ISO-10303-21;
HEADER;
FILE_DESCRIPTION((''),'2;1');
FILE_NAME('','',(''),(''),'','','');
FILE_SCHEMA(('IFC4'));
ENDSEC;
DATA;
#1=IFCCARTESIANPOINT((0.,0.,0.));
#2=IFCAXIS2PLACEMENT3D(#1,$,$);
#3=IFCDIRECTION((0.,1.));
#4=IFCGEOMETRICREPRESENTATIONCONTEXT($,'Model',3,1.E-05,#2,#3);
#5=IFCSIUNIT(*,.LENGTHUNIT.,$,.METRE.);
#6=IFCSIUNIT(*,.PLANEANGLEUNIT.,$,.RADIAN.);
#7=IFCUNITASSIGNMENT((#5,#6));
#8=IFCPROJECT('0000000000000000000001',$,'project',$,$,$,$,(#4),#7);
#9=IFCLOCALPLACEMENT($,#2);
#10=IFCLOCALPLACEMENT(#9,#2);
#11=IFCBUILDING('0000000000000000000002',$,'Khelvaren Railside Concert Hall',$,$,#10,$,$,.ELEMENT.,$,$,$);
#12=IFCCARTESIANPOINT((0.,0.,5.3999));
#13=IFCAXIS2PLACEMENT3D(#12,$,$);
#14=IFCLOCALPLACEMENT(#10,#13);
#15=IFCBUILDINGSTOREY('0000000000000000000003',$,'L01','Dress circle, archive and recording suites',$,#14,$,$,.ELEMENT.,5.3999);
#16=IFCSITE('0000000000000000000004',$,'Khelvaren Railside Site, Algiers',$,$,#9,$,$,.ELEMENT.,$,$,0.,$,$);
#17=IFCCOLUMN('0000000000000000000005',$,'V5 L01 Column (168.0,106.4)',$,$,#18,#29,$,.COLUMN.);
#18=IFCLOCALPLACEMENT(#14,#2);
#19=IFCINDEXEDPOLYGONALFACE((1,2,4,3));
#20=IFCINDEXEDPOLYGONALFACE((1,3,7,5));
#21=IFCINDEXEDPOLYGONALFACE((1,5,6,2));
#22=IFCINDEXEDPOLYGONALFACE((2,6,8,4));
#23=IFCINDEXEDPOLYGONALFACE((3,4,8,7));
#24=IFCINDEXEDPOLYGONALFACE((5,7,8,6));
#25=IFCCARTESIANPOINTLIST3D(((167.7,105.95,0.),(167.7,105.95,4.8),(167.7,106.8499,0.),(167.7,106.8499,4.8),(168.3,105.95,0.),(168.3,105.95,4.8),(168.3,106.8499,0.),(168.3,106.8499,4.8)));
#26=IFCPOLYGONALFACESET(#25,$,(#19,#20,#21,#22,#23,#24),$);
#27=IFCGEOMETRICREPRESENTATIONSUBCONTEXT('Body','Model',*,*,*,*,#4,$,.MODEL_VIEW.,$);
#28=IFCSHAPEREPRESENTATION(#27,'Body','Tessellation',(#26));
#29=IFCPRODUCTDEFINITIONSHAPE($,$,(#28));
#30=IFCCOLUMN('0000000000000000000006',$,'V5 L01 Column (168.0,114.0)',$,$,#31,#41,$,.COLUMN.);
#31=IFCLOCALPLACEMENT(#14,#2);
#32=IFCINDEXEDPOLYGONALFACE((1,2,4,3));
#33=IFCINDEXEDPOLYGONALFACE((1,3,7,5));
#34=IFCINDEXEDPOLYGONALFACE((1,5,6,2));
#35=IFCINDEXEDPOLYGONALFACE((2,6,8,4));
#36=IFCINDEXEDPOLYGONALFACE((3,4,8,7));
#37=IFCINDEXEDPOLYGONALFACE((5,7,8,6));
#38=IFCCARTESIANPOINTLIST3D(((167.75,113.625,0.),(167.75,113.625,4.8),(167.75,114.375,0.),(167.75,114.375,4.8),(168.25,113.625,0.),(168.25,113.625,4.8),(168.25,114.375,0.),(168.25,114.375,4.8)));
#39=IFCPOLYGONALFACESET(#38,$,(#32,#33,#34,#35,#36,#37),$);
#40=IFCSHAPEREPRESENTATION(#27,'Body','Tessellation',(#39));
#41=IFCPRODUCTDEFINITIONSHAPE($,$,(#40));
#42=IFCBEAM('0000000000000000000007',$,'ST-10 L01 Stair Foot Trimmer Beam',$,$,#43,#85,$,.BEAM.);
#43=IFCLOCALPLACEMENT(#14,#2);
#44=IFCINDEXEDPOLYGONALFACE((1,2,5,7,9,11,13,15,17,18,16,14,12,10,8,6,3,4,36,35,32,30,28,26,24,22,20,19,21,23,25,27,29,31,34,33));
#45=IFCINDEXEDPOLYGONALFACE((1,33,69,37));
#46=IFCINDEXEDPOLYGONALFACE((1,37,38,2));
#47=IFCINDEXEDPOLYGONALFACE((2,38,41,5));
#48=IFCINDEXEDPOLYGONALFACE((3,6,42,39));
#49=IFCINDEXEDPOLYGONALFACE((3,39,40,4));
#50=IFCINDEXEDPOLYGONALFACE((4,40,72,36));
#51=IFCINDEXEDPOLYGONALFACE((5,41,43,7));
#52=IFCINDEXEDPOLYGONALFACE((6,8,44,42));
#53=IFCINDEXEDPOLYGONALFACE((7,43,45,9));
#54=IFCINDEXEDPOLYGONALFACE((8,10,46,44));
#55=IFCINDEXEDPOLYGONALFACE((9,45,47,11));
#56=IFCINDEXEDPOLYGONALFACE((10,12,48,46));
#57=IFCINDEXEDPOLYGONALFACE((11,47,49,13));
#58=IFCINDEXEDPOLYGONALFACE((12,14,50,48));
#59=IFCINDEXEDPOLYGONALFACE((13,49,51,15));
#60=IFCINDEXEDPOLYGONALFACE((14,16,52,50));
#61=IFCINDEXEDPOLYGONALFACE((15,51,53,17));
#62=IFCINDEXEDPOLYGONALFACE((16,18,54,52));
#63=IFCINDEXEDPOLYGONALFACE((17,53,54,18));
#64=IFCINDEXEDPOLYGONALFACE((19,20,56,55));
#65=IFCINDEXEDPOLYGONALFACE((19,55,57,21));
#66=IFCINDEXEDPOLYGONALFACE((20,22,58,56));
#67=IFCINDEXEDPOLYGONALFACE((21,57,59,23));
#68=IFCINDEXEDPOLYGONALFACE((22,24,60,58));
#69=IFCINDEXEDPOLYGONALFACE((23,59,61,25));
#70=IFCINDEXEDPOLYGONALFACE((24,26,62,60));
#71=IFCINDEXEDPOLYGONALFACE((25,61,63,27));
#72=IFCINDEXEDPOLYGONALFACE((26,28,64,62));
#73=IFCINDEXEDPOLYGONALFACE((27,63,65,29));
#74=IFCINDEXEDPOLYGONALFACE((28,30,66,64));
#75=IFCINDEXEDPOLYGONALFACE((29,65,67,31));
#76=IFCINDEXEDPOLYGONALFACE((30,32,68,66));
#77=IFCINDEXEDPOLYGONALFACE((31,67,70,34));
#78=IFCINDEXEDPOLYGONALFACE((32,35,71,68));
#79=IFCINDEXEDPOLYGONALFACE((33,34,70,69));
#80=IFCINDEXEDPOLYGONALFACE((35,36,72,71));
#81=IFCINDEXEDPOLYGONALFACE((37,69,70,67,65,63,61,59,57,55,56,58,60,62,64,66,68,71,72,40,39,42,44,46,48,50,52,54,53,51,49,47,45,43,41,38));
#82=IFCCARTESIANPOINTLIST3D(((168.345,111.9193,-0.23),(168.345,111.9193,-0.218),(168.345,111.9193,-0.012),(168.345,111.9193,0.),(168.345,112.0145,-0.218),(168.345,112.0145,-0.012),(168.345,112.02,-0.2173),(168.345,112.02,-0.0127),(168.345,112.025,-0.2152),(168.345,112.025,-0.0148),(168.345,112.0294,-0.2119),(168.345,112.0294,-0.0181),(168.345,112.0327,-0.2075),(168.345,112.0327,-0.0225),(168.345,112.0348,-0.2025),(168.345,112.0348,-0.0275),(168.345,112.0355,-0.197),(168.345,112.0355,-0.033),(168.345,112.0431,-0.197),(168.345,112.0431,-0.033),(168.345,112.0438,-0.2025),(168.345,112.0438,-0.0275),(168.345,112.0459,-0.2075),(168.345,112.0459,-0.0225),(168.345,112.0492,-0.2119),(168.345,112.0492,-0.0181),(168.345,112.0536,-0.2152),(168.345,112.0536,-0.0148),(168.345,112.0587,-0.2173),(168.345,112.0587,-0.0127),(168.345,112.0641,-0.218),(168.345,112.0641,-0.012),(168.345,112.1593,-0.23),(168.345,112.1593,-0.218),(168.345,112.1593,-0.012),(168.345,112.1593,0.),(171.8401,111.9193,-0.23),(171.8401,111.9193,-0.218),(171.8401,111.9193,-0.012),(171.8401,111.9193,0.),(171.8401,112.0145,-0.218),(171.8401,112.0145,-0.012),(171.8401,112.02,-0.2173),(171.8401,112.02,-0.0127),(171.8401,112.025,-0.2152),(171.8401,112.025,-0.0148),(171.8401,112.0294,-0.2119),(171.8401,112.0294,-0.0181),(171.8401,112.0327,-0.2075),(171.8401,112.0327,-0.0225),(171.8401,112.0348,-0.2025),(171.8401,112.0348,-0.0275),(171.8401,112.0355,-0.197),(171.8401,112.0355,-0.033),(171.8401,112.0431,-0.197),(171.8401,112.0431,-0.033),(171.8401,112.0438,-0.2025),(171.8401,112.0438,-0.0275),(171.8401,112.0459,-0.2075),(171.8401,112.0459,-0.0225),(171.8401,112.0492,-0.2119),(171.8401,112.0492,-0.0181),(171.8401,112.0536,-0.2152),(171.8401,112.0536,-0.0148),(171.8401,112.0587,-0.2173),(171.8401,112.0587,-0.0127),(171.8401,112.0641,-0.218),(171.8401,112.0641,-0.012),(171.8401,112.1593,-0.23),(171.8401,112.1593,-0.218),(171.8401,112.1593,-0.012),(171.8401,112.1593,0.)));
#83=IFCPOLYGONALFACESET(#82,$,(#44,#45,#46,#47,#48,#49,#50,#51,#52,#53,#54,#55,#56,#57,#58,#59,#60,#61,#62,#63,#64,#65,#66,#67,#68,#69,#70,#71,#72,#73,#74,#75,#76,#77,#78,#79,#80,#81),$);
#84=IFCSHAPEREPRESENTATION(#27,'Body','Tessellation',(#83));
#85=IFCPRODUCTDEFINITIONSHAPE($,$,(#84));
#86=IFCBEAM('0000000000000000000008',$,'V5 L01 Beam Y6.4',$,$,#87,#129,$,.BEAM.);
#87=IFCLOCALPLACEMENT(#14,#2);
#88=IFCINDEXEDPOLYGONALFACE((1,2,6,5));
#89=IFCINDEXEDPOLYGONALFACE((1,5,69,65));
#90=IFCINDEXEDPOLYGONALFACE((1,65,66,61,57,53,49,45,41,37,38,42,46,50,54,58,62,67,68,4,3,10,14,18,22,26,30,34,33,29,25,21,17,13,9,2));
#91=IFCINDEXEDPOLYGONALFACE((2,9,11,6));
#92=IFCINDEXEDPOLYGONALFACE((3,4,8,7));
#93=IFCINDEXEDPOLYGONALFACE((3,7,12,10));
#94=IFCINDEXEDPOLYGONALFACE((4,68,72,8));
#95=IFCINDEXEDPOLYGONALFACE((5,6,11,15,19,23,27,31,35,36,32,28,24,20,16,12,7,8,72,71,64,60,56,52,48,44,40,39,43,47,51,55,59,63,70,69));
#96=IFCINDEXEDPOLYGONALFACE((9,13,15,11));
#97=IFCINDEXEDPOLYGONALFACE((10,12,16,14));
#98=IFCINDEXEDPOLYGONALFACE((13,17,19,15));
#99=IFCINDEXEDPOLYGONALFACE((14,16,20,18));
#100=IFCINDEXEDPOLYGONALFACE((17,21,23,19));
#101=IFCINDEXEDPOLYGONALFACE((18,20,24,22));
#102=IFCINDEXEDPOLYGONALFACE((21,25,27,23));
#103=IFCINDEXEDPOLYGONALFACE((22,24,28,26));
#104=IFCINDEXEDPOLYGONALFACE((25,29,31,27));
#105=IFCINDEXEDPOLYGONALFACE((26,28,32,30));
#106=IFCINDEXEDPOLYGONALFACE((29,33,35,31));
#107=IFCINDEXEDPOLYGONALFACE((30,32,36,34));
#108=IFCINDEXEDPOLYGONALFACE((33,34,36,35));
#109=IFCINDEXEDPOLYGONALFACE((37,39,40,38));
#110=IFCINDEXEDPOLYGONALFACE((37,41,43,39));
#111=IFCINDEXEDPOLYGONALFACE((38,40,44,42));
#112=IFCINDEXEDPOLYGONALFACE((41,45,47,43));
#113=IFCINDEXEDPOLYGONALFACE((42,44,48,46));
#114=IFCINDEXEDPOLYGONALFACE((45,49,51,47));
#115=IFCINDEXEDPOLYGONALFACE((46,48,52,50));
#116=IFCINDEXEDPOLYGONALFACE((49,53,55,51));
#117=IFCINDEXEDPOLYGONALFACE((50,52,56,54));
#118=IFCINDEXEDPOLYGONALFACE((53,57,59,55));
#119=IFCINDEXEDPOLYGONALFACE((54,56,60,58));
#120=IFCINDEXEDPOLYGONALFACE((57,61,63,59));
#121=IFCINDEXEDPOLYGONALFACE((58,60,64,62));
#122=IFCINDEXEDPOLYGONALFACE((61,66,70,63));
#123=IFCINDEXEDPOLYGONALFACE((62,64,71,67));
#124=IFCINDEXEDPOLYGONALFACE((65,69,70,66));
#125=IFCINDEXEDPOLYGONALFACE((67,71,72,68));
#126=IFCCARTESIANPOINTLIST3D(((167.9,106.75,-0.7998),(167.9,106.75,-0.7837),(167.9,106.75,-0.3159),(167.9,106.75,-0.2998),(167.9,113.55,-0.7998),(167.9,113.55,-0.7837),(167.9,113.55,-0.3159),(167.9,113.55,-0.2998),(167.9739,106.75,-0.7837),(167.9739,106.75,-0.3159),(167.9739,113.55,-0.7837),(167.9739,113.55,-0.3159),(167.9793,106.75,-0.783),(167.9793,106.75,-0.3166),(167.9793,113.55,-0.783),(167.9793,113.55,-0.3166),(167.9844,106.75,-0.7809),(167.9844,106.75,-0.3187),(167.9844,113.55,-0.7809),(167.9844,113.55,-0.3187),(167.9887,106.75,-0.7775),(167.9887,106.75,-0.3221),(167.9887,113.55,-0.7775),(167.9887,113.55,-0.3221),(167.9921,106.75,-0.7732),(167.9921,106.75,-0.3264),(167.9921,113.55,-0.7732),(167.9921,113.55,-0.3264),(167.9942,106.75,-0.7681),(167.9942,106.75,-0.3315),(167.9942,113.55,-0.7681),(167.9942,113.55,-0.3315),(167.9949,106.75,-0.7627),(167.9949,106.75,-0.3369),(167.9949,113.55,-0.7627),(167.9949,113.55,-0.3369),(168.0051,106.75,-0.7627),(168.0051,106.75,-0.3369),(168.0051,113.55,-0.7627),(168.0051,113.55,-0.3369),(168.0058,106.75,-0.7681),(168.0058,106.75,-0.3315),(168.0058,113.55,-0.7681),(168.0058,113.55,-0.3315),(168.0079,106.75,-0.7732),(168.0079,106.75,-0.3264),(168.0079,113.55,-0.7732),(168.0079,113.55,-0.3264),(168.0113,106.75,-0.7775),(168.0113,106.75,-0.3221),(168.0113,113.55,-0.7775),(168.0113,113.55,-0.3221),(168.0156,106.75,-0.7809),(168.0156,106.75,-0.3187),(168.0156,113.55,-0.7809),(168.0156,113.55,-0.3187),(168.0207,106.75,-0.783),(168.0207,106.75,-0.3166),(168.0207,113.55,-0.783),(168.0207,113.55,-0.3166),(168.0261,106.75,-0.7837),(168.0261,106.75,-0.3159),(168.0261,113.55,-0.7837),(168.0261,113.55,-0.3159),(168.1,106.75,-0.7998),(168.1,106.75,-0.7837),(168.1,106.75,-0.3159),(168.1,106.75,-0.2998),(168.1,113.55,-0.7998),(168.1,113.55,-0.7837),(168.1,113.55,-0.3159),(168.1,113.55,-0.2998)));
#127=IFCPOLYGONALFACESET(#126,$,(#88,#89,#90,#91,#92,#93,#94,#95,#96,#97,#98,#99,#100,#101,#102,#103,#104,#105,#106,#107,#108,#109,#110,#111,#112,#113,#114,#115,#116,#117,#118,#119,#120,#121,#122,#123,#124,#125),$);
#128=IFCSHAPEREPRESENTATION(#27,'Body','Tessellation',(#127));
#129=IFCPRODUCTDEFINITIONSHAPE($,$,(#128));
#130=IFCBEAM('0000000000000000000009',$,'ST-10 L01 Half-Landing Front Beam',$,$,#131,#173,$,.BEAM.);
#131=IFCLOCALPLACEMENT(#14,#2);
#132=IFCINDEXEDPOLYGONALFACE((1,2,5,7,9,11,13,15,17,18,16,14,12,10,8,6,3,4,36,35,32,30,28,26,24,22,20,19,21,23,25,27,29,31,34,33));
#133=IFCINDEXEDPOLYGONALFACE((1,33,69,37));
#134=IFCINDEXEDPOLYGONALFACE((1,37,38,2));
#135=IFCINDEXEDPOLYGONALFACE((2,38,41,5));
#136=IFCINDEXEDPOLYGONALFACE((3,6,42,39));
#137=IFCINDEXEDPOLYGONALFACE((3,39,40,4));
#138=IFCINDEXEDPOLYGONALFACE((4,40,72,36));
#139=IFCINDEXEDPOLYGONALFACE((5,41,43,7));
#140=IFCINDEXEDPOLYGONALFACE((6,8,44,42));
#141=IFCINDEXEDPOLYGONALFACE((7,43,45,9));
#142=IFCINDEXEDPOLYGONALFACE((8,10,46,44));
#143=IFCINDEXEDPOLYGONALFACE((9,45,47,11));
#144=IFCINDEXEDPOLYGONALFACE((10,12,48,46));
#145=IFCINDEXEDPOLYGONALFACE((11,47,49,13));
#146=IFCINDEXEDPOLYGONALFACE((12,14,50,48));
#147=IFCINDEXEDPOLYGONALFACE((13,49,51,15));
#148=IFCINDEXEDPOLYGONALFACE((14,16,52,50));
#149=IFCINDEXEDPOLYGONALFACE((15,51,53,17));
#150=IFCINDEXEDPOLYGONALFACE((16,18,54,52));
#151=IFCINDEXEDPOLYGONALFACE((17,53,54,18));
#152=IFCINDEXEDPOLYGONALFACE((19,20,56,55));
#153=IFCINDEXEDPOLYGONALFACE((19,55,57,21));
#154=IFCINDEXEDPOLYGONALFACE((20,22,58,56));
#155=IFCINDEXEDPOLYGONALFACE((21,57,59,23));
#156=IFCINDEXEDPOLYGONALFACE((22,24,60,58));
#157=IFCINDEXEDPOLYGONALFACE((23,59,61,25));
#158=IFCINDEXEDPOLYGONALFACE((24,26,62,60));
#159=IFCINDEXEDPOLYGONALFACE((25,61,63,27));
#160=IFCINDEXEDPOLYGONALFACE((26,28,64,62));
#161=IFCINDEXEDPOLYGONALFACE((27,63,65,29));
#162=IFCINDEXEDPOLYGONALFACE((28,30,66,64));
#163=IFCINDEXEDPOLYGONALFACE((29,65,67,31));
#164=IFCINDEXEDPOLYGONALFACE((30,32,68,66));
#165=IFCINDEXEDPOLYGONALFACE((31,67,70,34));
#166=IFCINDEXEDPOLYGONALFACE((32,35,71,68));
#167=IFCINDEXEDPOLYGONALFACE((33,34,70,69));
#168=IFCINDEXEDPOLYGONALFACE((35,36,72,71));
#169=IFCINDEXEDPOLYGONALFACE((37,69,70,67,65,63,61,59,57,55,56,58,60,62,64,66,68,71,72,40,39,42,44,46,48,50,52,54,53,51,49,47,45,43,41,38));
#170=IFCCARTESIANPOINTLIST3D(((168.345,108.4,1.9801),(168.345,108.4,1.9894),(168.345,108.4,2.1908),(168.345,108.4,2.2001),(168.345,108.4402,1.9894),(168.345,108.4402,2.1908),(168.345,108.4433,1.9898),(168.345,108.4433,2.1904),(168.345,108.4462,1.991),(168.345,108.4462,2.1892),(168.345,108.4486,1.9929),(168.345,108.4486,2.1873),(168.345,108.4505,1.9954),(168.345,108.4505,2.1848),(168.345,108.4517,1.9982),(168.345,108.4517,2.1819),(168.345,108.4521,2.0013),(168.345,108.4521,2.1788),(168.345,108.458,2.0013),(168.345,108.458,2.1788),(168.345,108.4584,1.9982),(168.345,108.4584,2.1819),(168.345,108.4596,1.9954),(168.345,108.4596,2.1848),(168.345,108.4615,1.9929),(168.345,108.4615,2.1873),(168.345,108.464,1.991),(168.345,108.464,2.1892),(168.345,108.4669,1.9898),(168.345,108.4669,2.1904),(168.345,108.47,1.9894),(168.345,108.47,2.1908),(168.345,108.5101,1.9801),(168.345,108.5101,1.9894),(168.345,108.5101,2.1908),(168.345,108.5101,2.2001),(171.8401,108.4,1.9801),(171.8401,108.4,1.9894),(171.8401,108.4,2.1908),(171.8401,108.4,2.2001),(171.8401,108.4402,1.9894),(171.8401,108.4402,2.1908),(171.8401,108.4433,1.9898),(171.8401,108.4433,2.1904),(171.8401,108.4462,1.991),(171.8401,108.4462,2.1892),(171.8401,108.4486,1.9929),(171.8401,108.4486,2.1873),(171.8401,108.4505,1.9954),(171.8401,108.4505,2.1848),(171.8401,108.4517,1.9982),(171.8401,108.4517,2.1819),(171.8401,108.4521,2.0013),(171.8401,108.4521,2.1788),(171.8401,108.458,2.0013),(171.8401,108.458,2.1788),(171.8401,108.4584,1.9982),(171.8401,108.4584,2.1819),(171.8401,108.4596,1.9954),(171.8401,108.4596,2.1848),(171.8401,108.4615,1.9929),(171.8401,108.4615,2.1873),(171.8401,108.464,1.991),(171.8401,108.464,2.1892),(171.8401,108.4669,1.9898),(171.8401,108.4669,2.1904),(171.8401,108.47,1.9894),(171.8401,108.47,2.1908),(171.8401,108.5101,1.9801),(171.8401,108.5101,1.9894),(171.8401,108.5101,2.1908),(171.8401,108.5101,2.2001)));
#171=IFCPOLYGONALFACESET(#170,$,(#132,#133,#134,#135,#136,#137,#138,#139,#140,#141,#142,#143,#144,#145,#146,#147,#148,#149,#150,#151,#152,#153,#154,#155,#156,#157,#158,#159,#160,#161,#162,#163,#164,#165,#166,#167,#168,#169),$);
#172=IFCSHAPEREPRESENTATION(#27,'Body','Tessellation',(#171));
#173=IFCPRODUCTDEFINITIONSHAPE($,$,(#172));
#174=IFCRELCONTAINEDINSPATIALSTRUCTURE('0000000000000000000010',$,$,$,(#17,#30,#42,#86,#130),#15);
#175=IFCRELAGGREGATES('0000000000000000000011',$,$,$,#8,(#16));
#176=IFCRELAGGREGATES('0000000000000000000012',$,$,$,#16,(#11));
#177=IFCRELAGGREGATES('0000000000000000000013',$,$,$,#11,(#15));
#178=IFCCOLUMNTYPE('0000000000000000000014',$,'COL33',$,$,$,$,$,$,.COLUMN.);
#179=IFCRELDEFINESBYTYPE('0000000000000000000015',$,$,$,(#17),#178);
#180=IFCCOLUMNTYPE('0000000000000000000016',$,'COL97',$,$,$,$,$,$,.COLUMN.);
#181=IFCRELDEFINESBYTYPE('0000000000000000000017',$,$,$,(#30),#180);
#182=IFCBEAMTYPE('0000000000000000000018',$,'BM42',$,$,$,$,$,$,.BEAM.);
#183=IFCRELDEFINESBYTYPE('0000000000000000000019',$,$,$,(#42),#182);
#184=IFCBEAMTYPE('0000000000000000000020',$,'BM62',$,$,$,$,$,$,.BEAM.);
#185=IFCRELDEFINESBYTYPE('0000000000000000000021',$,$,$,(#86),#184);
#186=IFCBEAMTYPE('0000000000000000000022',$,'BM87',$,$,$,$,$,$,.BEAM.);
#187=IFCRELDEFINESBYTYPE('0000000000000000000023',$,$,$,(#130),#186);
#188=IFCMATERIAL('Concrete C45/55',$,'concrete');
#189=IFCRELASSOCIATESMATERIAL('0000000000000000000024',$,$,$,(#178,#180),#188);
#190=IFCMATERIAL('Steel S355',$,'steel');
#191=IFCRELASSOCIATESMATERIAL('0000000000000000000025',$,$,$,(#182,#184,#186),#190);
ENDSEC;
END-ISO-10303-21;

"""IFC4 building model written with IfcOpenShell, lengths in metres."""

from ifc_helpers import new_model, si_unit, direction, frame, origin, origin_2d, place, context, subcontext, project, spatial, rectangle, i_section, extrude, material, material_profile, profile_set, type_object, element, save


model = new_model("IFC4")

# Units and contexts
model_context = context("Model", 3, precision=1e-05, world=origin(), true_north=direction((0.0, 1.0)))
body_context = subcontext(model_context, "Body", "Model", "MODEL_VIEW")
ifc_project = project(units=[si_unit("LENGTHUNIT", "METRE"), si_unit("PLANEANGLEUNIT", "RADIAN")], contexts=[model_context])

# Site, building, storey
site_placement = place(None, origin())
site = spatial("IfcSite", under=ifc_project, at=site_placement, Name="Khelvaren Railside Site, Algiers", CompositionType="ELEMENT", RefElevation=0.0)
building_placement = place(site_placement, origin())
building = spatial("IfcBuilding", under=site, at=building_placement, Name="Khelvaren Railside Concert Hall", CompositionType="ELEMENT")
storey_placement = place(building_placement, frame((0.0, 0.0, 5.3999)))
storey = spatial("IfcBuildingStorey", under=building, at=storey_placement, Name="L01", Description="Dress circle, archive and recording suites", CompositionType="ELEMENT", Elevation=5.3999)

# Columns
ifc_material_1 = material(Name="Concrete C45/55", Category="concrete")
ifc_material_profile_1 = material_profile(ifc_material_1, rectangle(XDim=0.6001, YDim=0.8999, at=origin_2d()), Name="RC 600x900")
ifc_profile_set_1 = profile_set([ifc_material_profile_1], Name="Concrete C45/55")
column_type_1 = type_object("IfcColumnType", Name="COL33", PredefinedType="COLUMN", material=ifc_profile_set_1)
column_1_placement = place(storey_placement, frame((168.0, 106.3999, 0.0), z_axis=(0.0, 0.0, 1.0), x_axis=(1.0, 0.0, 0.0)))
element("IfcColumn", 1, at=column_1_placement, inside=storey, type_object=column_type_1, Name="V5 L01 Column (168.0,106.4)", PredefinedType="COLUMN", context=body_context, shape_type="SweptSolid", body=[
    extrude(rectangle(XDim=0.6001, YDim=0.8999, at=origin_2d()), origin(), (0.0, 0.0, 1.0), 4.8),
])
ifc_material_profile_2 = material_profile(ifc_material_1, rectangle(XDim=0.5, YDim=0.75, at=origin_2d()), Name="RC 500x750")
ifc_profile_set_2 = profile_set([ifc_material_profile_2], Name="Concrete C45/55")
column_type_2 = type_object("IfcColumnType", Name="COL97", PredefinedType="COLUMN", material=ifc_profile_set_2)
column_2_placement = place(storey_placement, frame((168.0, 114.0, 0.0), z_axis=(0.0, 0.0, 1.0), x_axis=(1.0, 0.0, 0.0)))
element("IfcColumn", 2, at=column_2_placement, inside=storey, type_object=column_type_2, Name="V5 L01 Column (168.0,114.0)", PredefinedType="COLUMN", context=body_context, shape_type="SweptSolid", body=[
    extrude(rectangle(XDim=0.5, YDim=0.75, at=origin_2d()), origin(), (0.0, 0.0, 1.0), 4.8),
])

# Beams
ifc_material_2 = material(Name="Steel S355", Category="steel")
ifc_material_profile_3 = material_profile(ifc_material_2, i_section(OverallWidth=0.24, OverallDepth=0.23, WebThickness=0.0076, FlangeThickness=0.012, FilletRadius=0.021, at=origin_2d()), Name="HEA 240")
ifc_profile_set_3 = profile_set([ifc_material_profile_3], Name="Steel S355")
beam_type_1 = type_object("IfcBeamType", Name="BM42", PredefinedType="BEAM", material=ifc_profile_set_3)
beam_1_placement = place(storey_placement, frame((168.345, 112.0393, -0.115), z_axis=(1.0, 0.0, 0.0), x_axis=(0.0, 1.0, 0.0)))
element("IfcBeam", 3, at=beam_1_placement, inside=storey, type_object=beam_type_1, Name="ST-10 L01 Stair Foot Trimmer Beam", PredefinedType="BEAM", context=body_context, shape_type="SweptSolid", body=[
    extrude(i_section(OverallWidth=0.24, OverallDepth=0.23, WebThickness=0.0076, FlangeThickness=0.012, FilletRadius=0.021, at=origin_2d()), origin(), (0.0, 0.0, 1.0), 3.4951),
])
ifc_material_profile_4 = material_profile(ifc_material_2, i_section(OverallWidth=0.2, OverallDepth=0.5, WebThickness=0.0103, FlangeThickness=0.0161, FilletRadius=0.021, at=origin_2d()), Name="IPE 500")
ifc_profile_set_4 = profile_set([ifc_material_profile_4], Name="Steel S355")
beam_type_2 = type_object("IfcBeamType", Name="BM62", PredefinedType="BEAM", material=ifc_profile_set_4)
beam_2_placement = place(storey_placement, frame((168.0, 106.75, -0.5498), z_axis=(0.0, 1.0, 0.0), x_axis=(-1.0, 0.0, 0.0)))
element("IfcBeam", 4, at=beam_2_placement, inside=storey, type_object=beam_type_2, Name="V5 L01 Beam Y6.4", PredefinedType="BEAM", context=body_context, shape_type="SweptSolid", body=[
    extrude(i_section(OverallWidth=0.2, OverallDepth=0.5, WebThickness=0.0103, FlangeThickness=0.0161, FilletRadius=0.021, at=origin_2d()), origin(), (0.0, 0.0, 1.0), 6.8),
])
ifc_material_profile_5 = material_profile(ifc_material_2, i_section(OverallWidth=0.1101, OverallDepth=0.22, WebThickness=0.0059, FlangeThickness=0.0093, FilletRadius=0.012, at=origin_2d()), Name="IPE 220")
ifc_profile_set_5 = profile_set([ifc_material_profile_5], Name="Steel S355")
beam_type_3 = type_object("IfcBeamType", Name="BM87", PredefinedType="BEAM", material=ifc_profile_set_5)
for number, where, z_axis, x_axis, name in (
    (5, (168.345, 108.4551, 2.0901), (1.0, 0.0, 0.0), (0.0, 1.0, 0.0), "ST-10 L01 Half-Landing Front Beam"),
):
    element("IfcBeam", number, at=place(storey_placement, frame(where, z_axis=z_axis, x_axis=x_axis)), inside=storey, type_object=beam_type_3, Name=name, PredefinedType="BEAM", context=body_context, shape_type="SweptSolid", body=[
        extrude(i_section(OverallWidth=0.1101, OverallDepth=0.22, WebThickness=0.0059, FlangeThickness=0.0093, FilletRadius=0.012, at=origin_2d()), origin(), (0.0, 0.0, 1.0), 3.4951),
    ])

save(model, "model.ifc")
